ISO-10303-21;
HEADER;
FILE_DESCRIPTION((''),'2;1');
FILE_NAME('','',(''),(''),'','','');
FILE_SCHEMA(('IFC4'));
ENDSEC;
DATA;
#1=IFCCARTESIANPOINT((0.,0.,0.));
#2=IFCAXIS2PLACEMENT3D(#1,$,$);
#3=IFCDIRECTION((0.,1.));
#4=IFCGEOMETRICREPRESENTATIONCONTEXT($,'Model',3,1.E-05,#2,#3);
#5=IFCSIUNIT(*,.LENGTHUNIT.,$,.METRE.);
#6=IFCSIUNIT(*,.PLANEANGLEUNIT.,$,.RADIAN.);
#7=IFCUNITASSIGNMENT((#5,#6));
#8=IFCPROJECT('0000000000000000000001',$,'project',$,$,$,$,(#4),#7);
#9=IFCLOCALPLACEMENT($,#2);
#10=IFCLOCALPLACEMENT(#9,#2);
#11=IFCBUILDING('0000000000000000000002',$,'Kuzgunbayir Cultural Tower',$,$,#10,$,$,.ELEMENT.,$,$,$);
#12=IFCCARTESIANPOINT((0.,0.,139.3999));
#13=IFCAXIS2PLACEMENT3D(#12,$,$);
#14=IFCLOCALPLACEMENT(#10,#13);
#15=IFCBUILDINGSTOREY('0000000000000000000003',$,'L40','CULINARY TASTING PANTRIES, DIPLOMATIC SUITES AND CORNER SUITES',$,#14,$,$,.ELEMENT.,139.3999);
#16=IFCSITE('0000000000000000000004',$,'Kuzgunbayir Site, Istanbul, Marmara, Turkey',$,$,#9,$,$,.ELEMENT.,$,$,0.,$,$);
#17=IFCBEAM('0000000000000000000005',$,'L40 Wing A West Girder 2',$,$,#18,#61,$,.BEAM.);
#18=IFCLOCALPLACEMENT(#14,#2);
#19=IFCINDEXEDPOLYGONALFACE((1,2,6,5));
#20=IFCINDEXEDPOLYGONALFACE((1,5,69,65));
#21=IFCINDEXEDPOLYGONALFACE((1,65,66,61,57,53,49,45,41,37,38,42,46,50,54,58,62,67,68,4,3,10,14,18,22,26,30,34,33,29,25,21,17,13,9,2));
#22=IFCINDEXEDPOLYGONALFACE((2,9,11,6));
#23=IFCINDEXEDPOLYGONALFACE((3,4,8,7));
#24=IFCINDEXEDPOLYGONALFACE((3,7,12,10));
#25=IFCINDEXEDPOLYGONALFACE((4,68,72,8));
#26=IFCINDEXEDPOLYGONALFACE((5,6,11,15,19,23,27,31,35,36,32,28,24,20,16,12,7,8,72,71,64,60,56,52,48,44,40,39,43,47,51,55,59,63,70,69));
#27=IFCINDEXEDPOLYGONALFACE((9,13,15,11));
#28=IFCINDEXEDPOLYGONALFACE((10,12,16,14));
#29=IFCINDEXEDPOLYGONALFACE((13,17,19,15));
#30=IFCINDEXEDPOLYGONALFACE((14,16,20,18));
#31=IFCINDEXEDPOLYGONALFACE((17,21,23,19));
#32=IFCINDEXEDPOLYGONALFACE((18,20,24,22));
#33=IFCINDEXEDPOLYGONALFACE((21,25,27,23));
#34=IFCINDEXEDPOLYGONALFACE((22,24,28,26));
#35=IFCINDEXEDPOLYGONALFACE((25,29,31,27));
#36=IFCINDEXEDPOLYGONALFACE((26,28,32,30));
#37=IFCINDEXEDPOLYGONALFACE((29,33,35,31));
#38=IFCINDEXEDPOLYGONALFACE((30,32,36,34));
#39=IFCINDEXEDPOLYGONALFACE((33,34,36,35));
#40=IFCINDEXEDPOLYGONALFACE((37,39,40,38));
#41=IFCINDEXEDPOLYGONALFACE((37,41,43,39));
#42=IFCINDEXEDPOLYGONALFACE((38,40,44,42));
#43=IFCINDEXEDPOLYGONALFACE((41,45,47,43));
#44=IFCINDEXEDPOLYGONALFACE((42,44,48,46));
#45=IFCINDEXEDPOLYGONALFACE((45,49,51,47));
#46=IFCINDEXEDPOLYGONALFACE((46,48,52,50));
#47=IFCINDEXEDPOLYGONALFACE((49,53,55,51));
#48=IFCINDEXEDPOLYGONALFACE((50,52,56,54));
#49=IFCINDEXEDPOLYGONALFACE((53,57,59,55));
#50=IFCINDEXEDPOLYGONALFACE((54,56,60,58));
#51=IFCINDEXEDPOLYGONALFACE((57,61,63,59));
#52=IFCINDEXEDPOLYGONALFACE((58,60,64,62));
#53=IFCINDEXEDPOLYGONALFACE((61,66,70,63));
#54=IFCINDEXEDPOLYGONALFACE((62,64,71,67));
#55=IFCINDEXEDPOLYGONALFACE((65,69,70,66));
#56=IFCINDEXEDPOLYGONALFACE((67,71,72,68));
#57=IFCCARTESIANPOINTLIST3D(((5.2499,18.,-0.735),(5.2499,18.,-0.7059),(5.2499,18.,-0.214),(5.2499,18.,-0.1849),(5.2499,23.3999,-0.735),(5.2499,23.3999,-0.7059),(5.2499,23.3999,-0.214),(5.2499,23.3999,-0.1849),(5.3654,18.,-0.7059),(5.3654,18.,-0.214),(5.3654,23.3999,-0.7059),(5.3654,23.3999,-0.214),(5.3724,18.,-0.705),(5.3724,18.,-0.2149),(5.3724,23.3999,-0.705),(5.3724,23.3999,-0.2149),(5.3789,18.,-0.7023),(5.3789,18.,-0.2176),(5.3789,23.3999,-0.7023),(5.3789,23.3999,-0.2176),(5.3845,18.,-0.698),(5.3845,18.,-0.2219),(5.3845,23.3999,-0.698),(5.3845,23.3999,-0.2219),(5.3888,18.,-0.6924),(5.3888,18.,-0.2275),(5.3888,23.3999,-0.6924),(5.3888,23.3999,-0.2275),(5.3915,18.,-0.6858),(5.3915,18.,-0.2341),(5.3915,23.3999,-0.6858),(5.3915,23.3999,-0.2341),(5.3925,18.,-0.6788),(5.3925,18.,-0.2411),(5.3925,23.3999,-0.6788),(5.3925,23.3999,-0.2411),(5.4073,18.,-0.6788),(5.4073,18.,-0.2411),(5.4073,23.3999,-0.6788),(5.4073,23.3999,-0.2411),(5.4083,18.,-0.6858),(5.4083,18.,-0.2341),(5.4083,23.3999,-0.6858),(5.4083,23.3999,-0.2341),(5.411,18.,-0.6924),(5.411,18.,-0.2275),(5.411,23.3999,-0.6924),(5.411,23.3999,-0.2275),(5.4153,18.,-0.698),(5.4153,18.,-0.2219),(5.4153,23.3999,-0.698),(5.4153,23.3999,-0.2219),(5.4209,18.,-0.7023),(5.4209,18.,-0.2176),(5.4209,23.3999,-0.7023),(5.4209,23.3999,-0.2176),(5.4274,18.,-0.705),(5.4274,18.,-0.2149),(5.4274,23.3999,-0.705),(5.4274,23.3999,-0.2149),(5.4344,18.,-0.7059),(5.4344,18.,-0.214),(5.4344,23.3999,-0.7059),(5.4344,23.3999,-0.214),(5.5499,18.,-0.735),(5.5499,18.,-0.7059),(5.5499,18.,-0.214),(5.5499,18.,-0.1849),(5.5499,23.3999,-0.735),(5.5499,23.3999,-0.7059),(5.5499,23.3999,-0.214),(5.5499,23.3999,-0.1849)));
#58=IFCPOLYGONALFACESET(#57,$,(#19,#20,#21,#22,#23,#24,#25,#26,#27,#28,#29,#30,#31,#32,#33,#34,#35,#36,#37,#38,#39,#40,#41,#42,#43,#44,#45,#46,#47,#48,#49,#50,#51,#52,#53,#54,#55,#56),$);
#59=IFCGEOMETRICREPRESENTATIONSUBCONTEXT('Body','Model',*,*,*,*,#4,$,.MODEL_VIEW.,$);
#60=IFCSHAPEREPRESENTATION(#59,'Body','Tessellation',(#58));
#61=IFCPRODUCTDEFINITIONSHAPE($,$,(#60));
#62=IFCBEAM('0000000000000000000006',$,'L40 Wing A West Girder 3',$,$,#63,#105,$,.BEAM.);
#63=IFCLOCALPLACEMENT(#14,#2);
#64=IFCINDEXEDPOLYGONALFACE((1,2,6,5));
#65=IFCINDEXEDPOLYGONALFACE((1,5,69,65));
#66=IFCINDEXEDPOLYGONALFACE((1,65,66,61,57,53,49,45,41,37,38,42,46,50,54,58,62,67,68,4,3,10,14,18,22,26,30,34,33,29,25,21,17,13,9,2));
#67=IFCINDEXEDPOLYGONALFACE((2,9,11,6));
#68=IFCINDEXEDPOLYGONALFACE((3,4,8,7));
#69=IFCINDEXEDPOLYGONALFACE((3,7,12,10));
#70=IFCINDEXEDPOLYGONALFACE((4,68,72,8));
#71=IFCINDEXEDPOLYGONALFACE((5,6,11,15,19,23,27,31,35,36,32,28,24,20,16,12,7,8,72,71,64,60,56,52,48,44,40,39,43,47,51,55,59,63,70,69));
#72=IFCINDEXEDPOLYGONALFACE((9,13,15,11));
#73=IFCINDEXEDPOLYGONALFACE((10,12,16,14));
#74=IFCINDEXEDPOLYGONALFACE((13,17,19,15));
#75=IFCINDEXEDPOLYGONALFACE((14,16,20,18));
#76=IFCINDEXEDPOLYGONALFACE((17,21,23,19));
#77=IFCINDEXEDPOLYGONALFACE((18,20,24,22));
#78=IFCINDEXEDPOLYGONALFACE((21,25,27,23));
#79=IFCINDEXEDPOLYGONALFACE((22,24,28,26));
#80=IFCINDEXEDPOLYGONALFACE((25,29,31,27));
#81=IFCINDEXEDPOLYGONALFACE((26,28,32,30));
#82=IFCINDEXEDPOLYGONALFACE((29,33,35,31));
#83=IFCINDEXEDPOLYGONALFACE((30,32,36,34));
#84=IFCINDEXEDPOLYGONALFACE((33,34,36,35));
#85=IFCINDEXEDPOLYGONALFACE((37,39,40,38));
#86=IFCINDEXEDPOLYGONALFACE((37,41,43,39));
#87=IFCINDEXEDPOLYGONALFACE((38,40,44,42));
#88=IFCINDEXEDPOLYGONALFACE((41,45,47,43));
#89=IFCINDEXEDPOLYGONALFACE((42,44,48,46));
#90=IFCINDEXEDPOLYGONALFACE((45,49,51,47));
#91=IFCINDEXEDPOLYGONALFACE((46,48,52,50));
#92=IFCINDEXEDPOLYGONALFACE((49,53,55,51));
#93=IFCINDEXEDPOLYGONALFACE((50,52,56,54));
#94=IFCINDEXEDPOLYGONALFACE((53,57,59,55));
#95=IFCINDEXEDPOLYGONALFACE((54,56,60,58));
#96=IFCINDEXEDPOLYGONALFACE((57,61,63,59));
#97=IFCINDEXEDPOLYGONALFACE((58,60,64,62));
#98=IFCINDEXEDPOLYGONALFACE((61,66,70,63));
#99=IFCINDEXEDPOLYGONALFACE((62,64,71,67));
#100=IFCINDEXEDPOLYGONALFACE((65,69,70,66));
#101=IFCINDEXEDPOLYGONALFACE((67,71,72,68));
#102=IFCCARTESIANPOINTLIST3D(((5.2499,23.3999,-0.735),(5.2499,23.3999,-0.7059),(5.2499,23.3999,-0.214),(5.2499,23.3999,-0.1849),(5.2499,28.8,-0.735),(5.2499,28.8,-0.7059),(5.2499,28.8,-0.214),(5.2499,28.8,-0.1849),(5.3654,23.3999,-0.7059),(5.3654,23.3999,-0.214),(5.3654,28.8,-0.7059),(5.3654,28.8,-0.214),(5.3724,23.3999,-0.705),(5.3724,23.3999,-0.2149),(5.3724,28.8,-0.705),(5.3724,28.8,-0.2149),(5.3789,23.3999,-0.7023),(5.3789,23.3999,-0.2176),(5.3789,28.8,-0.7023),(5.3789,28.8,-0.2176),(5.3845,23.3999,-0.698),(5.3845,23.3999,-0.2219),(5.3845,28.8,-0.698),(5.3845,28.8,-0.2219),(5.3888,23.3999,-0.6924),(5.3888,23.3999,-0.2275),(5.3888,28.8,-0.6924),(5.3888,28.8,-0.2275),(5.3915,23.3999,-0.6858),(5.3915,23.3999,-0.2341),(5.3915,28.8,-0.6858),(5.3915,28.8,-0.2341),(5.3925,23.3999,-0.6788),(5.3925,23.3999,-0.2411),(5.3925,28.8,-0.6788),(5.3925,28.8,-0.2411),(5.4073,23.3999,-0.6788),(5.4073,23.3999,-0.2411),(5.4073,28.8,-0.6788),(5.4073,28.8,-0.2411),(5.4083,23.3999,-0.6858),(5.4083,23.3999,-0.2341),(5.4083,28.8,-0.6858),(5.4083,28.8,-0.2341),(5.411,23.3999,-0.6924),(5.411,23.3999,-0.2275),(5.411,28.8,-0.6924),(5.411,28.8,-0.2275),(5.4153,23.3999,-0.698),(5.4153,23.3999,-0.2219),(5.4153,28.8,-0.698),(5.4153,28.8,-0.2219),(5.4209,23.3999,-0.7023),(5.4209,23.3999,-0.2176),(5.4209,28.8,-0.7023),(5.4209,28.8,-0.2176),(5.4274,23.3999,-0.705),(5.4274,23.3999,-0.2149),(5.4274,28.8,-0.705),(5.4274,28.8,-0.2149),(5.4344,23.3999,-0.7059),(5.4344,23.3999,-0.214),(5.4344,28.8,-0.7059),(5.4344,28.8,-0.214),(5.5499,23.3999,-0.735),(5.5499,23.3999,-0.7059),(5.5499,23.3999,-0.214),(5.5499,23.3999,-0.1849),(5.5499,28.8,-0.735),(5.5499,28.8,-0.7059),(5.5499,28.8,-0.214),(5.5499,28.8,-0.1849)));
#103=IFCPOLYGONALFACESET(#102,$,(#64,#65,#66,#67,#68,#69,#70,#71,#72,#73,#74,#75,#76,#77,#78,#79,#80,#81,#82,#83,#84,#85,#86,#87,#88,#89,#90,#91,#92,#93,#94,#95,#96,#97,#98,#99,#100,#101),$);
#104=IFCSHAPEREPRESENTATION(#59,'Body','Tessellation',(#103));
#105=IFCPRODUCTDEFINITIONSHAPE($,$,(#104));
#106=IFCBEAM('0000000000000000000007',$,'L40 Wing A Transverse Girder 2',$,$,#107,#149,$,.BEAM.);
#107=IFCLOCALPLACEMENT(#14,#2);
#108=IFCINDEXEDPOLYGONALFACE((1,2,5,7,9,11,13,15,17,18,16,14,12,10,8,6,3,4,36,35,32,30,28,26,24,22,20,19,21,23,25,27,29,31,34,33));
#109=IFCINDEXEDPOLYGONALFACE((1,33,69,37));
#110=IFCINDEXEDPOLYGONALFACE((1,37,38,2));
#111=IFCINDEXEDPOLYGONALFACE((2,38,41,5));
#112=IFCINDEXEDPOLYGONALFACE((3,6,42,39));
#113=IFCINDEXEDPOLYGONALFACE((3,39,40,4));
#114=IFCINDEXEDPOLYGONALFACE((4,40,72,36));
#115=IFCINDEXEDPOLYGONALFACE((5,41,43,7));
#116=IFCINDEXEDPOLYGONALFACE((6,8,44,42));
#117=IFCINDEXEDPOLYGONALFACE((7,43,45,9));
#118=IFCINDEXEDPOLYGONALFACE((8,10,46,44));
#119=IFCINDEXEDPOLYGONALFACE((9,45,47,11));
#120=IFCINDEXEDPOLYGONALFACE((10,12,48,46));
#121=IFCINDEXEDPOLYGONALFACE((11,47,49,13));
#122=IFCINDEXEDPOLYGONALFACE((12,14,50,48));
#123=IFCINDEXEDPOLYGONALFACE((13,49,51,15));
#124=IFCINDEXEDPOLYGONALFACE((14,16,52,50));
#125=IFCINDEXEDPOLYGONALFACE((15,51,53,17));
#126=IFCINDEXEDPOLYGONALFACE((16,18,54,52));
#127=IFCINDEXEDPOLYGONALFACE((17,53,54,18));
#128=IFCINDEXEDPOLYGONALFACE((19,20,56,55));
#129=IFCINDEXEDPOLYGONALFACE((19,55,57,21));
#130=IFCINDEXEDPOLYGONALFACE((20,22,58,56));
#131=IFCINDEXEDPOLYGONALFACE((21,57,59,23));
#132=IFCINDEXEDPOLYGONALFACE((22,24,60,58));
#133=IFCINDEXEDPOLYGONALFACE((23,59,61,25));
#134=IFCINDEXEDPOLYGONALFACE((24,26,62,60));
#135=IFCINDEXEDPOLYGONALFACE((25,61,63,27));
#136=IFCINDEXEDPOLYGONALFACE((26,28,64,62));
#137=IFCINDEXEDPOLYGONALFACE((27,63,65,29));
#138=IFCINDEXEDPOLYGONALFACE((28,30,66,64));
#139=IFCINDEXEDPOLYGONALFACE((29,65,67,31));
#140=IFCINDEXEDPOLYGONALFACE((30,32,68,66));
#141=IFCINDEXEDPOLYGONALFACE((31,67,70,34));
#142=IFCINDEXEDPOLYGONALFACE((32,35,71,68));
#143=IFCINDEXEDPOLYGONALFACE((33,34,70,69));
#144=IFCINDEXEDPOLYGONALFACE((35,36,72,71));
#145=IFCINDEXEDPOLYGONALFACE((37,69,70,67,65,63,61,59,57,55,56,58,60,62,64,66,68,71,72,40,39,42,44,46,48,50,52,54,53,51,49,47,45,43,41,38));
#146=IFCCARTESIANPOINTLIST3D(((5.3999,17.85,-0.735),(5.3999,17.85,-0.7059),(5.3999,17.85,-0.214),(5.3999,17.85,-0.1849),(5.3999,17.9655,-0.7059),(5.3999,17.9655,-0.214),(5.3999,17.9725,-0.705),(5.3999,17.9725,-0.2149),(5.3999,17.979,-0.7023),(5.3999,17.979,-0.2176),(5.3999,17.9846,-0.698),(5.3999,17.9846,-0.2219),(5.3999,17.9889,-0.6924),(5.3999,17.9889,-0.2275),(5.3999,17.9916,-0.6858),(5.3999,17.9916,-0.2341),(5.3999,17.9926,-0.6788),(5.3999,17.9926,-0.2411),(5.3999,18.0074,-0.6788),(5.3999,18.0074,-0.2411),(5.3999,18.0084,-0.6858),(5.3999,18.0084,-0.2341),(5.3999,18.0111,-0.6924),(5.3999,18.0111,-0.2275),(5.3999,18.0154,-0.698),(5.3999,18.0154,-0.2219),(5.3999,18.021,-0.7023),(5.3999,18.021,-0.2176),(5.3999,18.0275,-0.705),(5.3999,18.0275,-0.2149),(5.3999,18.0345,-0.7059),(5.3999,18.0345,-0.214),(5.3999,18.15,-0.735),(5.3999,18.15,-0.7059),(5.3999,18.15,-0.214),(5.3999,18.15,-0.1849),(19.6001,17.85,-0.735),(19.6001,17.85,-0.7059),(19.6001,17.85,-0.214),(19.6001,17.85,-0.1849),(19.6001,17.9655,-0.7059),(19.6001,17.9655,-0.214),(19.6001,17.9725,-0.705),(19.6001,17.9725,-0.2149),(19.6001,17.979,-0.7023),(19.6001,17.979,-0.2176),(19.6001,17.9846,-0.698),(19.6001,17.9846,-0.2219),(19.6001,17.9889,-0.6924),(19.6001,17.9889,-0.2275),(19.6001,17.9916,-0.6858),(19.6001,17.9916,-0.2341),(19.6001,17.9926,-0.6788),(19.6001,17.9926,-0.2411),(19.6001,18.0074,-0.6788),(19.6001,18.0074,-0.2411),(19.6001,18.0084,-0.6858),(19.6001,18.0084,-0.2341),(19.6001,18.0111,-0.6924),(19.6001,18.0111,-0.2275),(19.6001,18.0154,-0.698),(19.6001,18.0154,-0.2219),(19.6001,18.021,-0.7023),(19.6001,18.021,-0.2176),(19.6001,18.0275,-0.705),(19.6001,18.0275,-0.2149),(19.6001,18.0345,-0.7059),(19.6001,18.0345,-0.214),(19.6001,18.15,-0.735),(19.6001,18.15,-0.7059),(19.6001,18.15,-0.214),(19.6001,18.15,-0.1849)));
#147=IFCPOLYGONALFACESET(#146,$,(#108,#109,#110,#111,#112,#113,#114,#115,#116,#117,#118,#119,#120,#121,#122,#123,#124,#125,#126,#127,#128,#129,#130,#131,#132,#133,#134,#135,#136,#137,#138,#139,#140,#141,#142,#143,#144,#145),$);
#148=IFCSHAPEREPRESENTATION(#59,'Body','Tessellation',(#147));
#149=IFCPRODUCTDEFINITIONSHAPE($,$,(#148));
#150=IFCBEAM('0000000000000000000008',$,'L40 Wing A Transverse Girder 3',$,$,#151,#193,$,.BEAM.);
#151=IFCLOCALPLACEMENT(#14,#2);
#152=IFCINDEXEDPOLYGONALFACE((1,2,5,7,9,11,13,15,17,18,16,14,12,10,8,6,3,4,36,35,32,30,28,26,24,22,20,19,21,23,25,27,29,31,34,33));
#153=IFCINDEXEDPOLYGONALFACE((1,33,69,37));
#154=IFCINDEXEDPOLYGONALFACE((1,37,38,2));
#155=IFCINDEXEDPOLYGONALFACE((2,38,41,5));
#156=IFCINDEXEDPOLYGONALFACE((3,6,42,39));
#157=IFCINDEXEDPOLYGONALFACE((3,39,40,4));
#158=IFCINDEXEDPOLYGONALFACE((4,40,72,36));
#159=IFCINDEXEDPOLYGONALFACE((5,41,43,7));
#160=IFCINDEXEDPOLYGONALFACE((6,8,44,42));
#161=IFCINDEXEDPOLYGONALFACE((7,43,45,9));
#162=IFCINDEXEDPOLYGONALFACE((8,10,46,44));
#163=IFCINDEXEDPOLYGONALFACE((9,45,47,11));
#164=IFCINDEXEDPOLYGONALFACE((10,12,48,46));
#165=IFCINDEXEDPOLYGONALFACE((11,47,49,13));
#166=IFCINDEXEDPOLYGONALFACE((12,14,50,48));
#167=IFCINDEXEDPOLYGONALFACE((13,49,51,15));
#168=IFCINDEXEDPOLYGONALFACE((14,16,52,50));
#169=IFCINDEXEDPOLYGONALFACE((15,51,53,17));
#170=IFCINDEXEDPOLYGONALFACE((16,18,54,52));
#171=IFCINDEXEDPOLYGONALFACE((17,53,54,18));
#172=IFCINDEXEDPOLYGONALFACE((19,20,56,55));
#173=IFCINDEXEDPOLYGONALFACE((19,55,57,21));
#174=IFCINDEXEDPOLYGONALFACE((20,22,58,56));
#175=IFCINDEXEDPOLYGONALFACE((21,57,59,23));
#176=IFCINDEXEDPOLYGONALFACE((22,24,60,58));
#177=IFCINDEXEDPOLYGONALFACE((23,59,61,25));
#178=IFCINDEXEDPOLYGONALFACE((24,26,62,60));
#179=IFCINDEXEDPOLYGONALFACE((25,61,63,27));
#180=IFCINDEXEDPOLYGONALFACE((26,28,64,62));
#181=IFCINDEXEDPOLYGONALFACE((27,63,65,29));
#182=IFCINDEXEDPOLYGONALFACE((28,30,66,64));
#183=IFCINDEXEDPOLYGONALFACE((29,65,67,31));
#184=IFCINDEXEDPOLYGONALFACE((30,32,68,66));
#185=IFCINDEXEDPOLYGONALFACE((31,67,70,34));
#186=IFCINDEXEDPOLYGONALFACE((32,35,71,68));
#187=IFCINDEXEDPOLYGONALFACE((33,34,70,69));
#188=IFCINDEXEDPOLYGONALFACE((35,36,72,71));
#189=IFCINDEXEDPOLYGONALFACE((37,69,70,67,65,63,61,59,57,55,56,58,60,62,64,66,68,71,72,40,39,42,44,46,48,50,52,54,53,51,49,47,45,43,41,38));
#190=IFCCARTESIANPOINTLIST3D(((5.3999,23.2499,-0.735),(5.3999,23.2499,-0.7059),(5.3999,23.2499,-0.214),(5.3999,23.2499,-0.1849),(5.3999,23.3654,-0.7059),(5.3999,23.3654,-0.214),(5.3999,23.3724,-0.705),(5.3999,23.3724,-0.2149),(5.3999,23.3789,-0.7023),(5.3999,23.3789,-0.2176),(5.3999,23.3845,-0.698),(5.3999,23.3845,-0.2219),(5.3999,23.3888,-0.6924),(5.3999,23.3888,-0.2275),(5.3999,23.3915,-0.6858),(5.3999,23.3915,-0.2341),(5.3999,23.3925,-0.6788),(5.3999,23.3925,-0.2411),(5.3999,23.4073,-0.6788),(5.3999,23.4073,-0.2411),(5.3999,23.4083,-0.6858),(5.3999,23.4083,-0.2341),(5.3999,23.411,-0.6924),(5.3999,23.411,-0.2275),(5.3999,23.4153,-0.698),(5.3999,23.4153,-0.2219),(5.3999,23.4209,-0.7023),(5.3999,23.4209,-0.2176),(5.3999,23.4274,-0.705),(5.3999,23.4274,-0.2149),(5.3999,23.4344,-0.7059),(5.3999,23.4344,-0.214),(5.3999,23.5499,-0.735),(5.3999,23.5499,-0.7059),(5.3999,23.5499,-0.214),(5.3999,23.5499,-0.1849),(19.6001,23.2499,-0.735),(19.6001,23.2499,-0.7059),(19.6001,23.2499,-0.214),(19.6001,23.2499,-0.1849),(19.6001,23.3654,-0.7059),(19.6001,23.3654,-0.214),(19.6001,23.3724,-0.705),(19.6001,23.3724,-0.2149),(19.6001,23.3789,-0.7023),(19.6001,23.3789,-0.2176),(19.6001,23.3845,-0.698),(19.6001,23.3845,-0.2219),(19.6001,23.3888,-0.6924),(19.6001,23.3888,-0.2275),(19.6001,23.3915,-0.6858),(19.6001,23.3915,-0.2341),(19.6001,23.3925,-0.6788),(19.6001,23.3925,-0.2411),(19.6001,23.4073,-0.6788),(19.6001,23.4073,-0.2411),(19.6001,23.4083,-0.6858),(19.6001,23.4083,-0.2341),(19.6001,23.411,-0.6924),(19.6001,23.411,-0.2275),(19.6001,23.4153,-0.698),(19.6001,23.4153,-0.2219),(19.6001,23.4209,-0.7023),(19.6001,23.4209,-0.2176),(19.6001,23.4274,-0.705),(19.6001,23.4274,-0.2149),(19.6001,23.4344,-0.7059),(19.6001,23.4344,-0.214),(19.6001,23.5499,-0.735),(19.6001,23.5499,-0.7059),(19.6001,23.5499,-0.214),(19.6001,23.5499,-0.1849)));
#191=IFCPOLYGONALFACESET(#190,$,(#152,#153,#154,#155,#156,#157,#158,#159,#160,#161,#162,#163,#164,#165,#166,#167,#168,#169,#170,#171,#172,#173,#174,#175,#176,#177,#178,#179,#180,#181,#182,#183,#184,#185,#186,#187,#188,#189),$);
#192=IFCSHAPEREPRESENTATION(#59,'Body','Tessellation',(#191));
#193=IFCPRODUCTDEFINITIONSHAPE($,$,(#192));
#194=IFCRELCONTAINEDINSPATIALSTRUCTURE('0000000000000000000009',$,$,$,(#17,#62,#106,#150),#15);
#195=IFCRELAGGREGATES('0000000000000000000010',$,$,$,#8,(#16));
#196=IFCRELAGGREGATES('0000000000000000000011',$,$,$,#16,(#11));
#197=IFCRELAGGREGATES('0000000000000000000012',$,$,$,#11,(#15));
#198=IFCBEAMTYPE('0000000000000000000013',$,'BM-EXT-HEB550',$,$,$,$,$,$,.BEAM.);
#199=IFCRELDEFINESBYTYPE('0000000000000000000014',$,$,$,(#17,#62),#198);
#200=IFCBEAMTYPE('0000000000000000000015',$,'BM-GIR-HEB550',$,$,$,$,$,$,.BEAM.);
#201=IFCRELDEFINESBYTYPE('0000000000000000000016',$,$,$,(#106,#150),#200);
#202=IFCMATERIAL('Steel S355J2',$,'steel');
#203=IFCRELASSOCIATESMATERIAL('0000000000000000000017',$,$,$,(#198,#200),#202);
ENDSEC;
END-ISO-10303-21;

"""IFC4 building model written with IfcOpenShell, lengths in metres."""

from ifc_helpers import new_model, si_unit, direction, frame, origin, origin_2d, place, context, subcontext, project, spatial, i_section, extrude, material, material_profile, profile_set, type_object, element, save


model = new_model("IFC4")

# Units and contexts
model_context = context("Model", 3, precision=1e-05, world=origin(), true_north=direction((0.0, 1.0)))
body_context = subcontext(model_context, "Body", "Model", "MODEL_VIEW")
ifc_project = project(units=[si_unit("LENGTHUNIT", "METRE"), si_unit("PLANEANGLEUNIT", "RADIAN")], contexts=[model_context])

# Site, building, storey
site_placement = place(None, origin())
site = spatial("IfcSite", under=ifc_project, at=site_placement, Name="Kuzgunbayir Site, Istanbul, Marmara, Turkey", CompositionType="ELEMENT", RefElevation=0.0)
building_placement = place(site_placement, origin())
building = spatial("IfcBuilding", under=site, at=building_placement, Name="Kuzgunbayir Cultural Tower", CompositionType="ELEMENT")
storey_placement = place(building_placement, frame((0.0, 0.0, 139.3999)))
storey = spatial("IfcBuildingStorey", under=building, at=storey_placement, Name="L40", Description="CULINARY TASTING PANTRIES, DIPLOMATIC SUITES AND CORNER SUITES", CompositionType="ELEMENT", Elevation=139.3999)

# Beams
ifc_material_1 = material(Name="Steel S355J2", Category="steel")
ifc_material_profile_1 = material_profile(ifc_material_1, i_section(OverallWidth=0.3, OverallDepth=0.55, WebThickness=0.0149, FlangeThickness=0.0291, FilletRadius=0.0271, at=origin_2d()), Name="HEB 550")
ifc_profile_set_1 = profile_set([ifc_material_profile_1], Name="Steel S355J2")
beam_type_1 = type_object("IfcBeamType", Name="BM-EXT-HEB550", PredefinedType="BEAM", material=ifc_profile_set_1)
beam_1_placement = place(storey_placement, frame((5.3999, 18.0, -0.46), z_axis=(0.0, 1.0, 0.0), x_axis=(-1.0, 0.0, 0.0)))
element("IfcBeam", 1, at=beam_1_placement, inside=storey, type_object=beam_type_1, Name="L40 Wing A West Girder 2", PredefinedType="BEAM", context=body_context, shape_type="SweptSolid", body=[
    extrude(i_section(OverallWidth=0.3, OverallDepth=0.55, WebThickness=0.0149, FlangeThickness=0.0291, FilletRadius=0.0271, at=origin_2d()), origin(), (0.0, 0.0, 1.0), 5.3999),
])
beam_2_placement = place(storey_placement, frame((5.3999, 23.3999, -0.46), z_axis=(0.0, 1.0, 0.0), x_axis=(-1.0, 0.0, 0.0)))
element("IfcBeam", 2, at=beam_2_placement, inside=storey, type_object=beam_type_1, Name="L40 Wing A West Girder 3", PredefinedType="BEAM", context=body_context, shape_type="SweptSolid", body=[
    extrude(i_section(OverallWidth=0.3, OverallDepth=0.55, WebThickness=0.0149, FlangeThickness=0.0291, FilletRadius=0.0271, at=origin_2d()), origin(), (0.0, 0.0, 1.0), 5.4001),
])
ifc_material_profile_2 = material_profile(ifc_material_1, i_section(OverallWidth=0.3, OverallDepth=0.55, WebThickness=0.0149, FlangeThickness=0.0291, FilletRadius=0.0271, at=origin_2d()), Name="HEB 550")
ifc_profile_set_2 = profile_set([ifc_material_profile_2], Name="Steel S355J2")
beam_type_2 = type_object("IfcBeamType", Name="BM-GIR-HEB550", PredefinedType="BEAM", material=ifc_profile_set_2)
for number, where, z_axis, x_axis, name in (
    (3, (5.3999, 18.0, -0.46), (1.0, 0.0, 0.0), (0.0, 1.0, 0.0), "L40 Wing A Transverse Girder 2"),
    (4, (5.3999, 23.3999, -0.46), (1.0, 0.0, 0.0), (0.0, 1.0, 0.0), "L40 Wing A Transverse Girder 3"),
):
    element("IfcBeam", number, at=place(storey_placement, frame(where, z_axis=z_axis, x_axis=x_axis)), inside=storey, type_object=beam_type_2, Name=name, PredefinedType="BEAM", context=body_context, shape_type="SweptSolid", body=[
        extrude(i_section(OverallWidth=0.3, OverallDepth=0.55, WebThickness=0.0149, FlangeThickness=0.0291, FilletRadius=0.0271, at=origin_2d()), origin(), (0.0, 0.0, 1.0), 14.2002),
    ])

save(model, "model.ifc")
